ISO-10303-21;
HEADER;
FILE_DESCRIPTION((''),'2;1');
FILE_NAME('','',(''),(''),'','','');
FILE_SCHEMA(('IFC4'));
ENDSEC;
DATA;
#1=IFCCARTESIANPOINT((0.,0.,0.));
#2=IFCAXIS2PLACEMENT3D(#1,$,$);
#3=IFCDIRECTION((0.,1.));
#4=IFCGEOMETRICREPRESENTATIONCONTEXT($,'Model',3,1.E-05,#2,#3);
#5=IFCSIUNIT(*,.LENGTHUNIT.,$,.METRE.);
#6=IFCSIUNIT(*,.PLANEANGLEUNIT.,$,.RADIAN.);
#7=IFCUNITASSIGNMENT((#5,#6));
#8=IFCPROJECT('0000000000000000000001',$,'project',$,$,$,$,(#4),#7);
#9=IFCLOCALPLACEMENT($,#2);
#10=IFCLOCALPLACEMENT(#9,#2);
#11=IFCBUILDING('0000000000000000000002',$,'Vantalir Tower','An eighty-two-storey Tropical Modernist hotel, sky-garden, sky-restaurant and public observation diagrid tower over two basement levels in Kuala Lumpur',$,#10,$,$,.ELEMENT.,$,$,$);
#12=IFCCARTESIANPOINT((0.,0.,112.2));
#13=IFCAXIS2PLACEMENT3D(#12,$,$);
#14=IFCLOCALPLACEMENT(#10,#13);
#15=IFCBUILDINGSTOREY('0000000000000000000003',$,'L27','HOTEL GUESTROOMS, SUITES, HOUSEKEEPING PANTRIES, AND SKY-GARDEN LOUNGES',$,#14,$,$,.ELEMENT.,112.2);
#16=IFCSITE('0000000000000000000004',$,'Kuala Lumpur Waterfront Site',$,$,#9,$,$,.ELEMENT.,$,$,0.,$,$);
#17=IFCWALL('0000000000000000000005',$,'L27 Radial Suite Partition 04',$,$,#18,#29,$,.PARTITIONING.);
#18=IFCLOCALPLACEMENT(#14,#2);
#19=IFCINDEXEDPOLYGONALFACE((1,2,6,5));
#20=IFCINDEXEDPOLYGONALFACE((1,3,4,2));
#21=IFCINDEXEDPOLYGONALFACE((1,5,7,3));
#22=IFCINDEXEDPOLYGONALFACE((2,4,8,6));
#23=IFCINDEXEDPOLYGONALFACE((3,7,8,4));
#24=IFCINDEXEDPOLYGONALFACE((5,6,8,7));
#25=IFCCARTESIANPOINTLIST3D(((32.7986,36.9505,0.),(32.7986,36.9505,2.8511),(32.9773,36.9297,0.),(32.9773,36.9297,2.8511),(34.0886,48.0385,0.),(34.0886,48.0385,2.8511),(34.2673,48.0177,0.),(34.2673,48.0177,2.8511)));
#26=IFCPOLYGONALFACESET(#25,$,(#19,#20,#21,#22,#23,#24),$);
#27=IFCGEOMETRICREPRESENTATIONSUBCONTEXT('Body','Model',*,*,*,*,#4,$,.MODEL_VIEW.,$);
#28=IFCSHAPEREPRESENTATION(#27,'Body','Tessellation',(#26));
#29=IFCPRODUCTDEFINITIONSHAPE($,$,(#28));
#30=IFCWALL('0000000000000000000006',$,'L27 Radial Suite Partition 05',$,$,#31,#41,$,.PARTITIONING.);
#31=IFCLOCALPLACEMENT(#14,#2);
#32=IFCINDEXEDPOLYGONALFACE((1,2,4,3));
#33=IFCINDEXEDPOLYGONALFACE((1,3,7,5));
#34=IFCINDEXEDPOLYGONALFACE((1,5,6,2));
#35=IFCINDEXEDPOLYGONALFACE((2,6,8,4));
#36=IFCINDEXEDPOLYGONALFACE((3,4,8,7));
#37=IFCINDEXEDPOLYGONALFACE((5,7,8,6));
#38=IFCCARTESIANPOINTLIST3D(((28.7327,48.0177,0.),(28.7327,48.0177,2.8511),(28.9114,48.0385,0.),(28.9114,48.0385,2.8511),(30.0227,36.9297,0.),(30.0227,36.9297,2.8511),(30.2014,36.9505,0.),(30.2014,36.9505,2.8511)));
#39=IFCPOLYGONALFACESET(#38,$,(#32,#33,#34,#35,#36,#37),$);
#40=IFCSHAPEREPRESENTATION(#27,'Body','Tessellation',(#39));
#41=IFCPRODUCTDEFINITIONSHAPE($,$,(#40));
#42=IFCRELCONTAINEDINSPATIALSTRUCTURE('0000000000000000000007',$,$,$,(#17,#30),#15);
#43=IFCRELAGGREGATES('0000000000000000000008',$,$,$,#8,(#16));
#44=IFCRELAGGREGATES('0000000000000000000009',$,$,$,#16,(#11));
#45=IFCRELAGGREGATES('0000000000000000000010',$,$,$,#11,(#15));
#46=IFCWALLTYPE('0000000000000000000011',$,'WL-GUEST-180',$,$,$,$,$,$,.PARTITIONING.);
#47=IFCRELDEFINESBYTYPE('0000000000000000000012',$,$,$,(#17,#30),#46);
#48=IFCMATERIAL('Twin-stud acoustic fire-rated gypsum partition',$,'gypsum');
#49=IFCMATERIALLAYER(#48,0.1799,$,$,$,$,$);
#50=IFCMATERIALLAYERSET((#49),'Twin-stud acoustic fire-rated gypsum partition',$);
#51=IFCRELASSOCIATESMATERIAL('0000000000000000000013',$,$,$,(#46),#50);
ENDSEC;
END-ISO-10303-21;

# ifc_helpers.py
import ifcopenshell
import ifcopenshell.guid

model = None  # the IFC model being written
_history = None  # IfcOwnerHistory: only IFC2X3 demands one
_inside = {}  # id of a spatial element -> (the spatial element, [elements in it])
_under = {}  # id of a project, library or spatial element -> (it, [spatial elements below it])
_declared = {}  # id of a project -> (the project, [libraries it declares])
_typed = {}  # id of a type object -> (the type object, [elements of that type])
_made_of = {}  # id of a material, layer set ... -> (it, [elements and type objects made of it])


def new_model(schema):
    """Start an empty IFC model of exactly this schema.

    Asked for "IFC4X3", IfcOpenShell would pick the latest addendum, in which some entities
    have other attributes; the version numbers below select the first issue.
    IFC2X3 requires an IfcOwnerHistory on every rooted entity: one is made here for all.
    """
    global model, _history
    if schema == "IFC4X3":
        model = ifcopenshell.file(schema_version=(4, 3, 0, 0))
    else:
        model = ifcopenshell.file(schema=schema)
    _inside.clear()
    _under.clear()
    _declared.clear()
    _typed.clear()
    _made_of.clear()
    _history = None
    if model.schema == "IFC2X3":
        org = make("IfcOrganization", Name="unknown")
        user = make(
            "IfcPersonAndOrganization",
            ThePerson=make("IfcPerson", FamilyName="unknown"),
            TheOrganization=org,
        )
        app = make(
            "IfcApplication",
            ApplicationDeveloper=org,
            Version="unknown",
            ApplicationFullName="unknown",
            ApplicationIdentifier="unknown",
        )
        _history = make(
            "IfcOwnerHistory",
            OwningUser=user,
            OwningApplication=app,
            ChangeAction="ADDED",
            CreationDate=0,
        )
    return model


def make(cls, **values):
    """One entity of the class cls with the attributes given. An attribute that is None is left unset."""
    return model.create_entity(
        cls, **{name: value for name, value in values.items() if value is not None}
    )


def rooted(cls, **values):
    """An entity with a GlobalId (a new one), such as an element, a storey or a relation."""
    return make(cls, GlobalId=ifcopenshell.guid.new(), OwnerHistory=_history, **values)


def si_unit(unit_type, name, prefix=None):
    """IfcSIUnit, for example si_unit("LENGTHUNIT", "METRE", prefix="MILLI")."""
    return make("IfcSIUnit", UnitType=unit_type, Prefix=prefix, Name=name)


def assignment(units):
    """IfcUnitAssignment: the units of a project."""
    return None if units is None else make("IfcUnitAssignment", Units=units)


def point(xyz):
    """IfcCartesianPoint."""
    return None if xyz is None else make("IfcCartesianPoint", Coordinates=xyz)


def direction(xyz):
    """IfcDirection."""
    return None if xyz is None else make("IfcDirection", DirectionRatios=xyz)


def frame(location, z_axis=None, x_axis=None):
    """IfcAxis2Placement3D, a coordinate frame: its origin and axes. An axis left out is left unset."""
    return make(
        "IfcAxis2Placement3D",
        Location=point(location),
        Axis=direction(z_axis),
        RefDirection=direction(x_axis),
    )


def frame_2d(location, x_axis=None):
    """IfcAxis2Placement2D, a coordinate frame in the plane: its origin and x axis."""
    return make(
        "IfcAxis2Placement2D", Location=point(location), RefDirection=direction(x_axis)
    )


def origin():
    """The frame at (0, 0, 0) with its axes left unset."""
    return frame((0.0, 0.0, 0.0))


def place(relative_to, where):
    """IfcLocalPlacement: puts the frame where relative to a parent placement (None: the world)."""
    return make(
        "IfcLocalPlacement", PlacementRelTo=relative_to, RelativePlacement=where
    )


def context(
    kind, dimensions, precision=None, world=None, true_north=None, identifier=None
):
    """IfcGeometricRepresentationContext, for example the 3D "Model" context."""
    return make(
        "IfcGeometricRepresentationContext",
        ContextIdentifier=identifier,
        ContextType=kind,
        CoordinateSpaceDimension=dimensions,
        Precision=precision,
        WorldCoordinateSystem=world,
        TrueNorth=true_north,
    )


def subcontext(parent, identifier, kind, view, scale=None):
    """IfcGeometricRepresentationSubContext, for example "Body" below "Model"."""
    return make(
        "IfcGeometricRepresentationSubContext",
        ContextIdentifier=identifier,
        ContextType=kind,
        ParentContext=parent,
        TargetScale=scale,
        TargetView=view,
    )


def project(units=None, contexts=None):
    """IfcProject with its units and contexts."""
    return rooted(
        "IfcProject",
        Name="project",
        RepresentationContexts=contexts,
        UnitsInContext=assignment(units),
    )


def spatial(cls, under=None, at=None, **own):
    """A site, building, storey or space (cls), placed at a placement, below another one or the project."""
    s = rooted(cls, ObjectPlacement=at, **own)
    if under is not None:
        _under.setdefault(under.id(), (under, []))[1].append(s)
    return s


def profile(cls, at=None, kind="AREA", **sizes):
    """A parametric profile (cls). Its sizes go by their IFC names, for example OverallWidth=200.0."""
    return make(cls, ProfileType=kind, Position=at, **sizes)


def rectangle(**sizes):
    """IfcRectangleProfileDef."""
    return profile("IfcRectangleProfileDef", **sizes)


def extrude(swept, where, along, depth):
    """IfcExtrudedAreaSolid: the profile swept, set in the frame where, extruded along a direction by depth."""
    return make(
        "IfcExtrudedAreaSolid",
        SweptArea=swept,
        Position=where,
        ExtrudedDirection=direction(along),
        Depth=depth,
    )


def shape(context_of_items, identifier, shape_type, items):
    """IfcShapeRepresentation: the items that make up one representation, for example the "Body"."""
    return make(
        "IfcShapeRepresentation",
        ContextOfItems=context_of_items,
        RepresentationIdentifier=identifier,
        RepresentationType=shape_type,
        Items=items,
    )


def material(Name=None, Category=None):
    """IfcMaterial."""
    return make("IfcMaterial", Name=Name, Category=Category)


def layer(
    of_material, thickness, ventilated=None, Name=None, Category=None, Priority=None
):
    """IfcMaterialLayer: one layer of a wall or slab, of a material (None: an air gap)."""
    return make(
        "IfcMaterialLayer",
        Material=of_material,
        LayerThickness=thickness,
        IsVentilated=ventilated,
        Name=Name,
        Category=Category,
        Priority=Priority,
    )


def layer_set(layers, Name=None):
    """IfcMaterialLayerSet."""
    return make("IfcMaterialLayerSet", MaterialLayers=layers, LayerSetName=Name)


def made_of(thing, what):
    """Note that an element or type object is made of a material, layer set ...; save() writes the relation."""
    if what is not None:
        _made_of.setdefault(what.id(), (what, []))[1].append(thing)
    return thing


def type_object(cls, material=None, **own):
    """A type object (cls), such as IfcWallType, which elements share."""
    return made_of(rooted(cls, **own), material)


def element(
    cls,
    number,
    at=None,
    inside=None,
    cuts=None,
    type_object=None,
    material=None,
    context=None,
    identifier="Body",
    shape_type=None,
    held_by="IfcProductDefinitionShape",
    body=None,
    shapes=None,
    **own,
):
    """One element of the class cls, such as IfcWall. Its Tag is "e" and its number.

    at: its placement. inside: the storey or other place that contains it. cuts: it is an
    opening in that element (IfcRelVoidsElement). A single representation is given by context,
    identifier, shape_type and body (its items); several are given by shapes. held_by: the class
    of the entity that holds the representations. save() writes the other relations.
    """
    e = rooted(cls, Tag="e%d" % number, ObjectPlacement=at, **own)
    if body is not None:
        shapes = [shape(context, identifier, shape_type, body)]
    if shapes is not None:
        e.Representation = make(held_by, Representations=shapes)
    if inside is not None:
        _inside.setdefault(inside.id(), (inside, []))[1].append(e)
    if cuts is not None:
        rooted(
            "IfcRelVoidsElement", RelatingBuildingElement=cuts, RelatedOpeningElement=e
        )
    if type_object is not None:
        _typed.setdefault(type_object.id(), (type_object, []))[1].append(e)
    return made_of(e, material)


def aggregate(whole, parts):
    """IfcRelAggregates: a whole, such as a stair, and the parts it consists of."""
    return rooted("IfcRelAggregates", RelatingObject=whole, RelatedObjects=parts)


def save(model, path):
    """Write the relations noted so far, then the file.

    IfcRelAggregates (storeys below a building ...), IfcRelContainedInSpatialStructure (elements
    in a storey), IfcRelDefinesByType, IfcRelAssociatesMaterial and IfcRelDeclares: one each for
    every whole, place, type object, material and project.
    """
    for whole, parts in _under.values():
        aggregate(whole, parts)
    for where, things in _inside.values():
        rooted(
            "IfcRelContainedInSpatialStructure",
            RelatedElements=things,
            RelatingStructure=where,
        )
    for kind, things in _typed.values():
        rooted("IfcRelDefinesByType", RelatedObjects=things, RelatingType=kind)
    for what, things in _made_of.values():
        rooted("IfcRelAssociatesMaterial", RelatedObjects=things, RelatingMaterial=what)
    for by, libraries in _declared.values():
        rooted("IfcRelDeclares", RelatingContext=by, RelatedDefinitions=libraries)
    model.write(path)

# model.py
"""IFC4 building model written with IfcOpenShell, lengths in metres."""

from ifc_helpers import new_model, si_unit, direction, frame, frame_2d, origin, place, context, subcontext, project, spatial, rectangle, extrude, material, layer, layer_set, type_object, element, save


model = new_model("IFC4")

# Units and contexts
model_context = context("Model", 3, precision=1e-05, world=origin(), true_north=direction((0.0, 1.0)))
body_context = subcontext(model_context, "Body", "Model", "MODEL_VIEW")
ifc_project = project(units=[si_unit("LENGTHUNIT", "METRE"), si_unit("PLANEANGLEUNIT", "RADIAN")], contexts=[model_context])

# Site, building, storey
site_placement = place(None, origin())
site = spatial("IfcSite", under=ifc_project, at=site_placement, Name="Kuala Lumpur Waterfront Site", CompositionType="ELEMENT", RefElevation=0.0)
building_placement = place(site_placement, origin())
building = spatial("IfcBuilding", under=site, at=building_placement, Name="Vantalir Tower", Description="An eighty-two-storey Tropical Modernist hotel, sky-garden, sky-restaurant and public observation diagrid tower over two basement levels in Kuala Lumpur", CompositionType="ELEMENT")
storey_placement = place(building_placement, frame((0.0, 0.0, 112.2)))
storey = spatial("IfcBuildingStorey", under=building, at=storey_placement, Name="L27", Description="HOTEL GUESTROOMS, SUITES, HOUSEKEEPING PANTRIES, AND SKY-GARDEN LOUNGES", CompositionType="ELEMENT", Elevation=112.2)

# Walls
ifc_material_1 = material(Name="Twin-stud acoustic fire-rated gypsum partition", Category="gypsum")
ifc_layer_1 = layer(ifc_material_1, 0.1799)
ifc_layer_set_1 = layer_set([ifc_layer_1], Name="Twin-stud acoustic fire-rated gypsum partition")
wall_type_1 = type_object("IfcWallType", Name="WL-GUEST-180", PredefinedType="PARTITIONING", material=ifc_layer_set_1)
for number, where, z_axis, x_axis, name in (
    (1, (32.8879, 36.9399, 0.0), (0.0, 0.0, 1.0), (0.115565, 0.9933, 0.0), "L27 Radial Suite Partition 04"),
    (2, (30.1121, 36.9399, 0.0), (0.0, 0.0, 1.0), (-0.115565, 0.9933, 0.0), "L27 Radial Suite Partition 05"),
):
    element("IfcWall", number, at=place(storey_placement, frame(where, z_axis=z_axis, x_axis=x_axis)), inside=storey, type_object=wall_type_1, Name=name, PredefinedType="PARTITIONING", context=body_context, shape_type="SweptSolid", body=[
        extrude(rectangle(XDim=11.1628, YDim=0.1799, at=frame_2d((5.5815, 0.0))), origin(), (0.0, 0.0, 1.0), 2.8511),
    ])

save(model, "model.ifc")
